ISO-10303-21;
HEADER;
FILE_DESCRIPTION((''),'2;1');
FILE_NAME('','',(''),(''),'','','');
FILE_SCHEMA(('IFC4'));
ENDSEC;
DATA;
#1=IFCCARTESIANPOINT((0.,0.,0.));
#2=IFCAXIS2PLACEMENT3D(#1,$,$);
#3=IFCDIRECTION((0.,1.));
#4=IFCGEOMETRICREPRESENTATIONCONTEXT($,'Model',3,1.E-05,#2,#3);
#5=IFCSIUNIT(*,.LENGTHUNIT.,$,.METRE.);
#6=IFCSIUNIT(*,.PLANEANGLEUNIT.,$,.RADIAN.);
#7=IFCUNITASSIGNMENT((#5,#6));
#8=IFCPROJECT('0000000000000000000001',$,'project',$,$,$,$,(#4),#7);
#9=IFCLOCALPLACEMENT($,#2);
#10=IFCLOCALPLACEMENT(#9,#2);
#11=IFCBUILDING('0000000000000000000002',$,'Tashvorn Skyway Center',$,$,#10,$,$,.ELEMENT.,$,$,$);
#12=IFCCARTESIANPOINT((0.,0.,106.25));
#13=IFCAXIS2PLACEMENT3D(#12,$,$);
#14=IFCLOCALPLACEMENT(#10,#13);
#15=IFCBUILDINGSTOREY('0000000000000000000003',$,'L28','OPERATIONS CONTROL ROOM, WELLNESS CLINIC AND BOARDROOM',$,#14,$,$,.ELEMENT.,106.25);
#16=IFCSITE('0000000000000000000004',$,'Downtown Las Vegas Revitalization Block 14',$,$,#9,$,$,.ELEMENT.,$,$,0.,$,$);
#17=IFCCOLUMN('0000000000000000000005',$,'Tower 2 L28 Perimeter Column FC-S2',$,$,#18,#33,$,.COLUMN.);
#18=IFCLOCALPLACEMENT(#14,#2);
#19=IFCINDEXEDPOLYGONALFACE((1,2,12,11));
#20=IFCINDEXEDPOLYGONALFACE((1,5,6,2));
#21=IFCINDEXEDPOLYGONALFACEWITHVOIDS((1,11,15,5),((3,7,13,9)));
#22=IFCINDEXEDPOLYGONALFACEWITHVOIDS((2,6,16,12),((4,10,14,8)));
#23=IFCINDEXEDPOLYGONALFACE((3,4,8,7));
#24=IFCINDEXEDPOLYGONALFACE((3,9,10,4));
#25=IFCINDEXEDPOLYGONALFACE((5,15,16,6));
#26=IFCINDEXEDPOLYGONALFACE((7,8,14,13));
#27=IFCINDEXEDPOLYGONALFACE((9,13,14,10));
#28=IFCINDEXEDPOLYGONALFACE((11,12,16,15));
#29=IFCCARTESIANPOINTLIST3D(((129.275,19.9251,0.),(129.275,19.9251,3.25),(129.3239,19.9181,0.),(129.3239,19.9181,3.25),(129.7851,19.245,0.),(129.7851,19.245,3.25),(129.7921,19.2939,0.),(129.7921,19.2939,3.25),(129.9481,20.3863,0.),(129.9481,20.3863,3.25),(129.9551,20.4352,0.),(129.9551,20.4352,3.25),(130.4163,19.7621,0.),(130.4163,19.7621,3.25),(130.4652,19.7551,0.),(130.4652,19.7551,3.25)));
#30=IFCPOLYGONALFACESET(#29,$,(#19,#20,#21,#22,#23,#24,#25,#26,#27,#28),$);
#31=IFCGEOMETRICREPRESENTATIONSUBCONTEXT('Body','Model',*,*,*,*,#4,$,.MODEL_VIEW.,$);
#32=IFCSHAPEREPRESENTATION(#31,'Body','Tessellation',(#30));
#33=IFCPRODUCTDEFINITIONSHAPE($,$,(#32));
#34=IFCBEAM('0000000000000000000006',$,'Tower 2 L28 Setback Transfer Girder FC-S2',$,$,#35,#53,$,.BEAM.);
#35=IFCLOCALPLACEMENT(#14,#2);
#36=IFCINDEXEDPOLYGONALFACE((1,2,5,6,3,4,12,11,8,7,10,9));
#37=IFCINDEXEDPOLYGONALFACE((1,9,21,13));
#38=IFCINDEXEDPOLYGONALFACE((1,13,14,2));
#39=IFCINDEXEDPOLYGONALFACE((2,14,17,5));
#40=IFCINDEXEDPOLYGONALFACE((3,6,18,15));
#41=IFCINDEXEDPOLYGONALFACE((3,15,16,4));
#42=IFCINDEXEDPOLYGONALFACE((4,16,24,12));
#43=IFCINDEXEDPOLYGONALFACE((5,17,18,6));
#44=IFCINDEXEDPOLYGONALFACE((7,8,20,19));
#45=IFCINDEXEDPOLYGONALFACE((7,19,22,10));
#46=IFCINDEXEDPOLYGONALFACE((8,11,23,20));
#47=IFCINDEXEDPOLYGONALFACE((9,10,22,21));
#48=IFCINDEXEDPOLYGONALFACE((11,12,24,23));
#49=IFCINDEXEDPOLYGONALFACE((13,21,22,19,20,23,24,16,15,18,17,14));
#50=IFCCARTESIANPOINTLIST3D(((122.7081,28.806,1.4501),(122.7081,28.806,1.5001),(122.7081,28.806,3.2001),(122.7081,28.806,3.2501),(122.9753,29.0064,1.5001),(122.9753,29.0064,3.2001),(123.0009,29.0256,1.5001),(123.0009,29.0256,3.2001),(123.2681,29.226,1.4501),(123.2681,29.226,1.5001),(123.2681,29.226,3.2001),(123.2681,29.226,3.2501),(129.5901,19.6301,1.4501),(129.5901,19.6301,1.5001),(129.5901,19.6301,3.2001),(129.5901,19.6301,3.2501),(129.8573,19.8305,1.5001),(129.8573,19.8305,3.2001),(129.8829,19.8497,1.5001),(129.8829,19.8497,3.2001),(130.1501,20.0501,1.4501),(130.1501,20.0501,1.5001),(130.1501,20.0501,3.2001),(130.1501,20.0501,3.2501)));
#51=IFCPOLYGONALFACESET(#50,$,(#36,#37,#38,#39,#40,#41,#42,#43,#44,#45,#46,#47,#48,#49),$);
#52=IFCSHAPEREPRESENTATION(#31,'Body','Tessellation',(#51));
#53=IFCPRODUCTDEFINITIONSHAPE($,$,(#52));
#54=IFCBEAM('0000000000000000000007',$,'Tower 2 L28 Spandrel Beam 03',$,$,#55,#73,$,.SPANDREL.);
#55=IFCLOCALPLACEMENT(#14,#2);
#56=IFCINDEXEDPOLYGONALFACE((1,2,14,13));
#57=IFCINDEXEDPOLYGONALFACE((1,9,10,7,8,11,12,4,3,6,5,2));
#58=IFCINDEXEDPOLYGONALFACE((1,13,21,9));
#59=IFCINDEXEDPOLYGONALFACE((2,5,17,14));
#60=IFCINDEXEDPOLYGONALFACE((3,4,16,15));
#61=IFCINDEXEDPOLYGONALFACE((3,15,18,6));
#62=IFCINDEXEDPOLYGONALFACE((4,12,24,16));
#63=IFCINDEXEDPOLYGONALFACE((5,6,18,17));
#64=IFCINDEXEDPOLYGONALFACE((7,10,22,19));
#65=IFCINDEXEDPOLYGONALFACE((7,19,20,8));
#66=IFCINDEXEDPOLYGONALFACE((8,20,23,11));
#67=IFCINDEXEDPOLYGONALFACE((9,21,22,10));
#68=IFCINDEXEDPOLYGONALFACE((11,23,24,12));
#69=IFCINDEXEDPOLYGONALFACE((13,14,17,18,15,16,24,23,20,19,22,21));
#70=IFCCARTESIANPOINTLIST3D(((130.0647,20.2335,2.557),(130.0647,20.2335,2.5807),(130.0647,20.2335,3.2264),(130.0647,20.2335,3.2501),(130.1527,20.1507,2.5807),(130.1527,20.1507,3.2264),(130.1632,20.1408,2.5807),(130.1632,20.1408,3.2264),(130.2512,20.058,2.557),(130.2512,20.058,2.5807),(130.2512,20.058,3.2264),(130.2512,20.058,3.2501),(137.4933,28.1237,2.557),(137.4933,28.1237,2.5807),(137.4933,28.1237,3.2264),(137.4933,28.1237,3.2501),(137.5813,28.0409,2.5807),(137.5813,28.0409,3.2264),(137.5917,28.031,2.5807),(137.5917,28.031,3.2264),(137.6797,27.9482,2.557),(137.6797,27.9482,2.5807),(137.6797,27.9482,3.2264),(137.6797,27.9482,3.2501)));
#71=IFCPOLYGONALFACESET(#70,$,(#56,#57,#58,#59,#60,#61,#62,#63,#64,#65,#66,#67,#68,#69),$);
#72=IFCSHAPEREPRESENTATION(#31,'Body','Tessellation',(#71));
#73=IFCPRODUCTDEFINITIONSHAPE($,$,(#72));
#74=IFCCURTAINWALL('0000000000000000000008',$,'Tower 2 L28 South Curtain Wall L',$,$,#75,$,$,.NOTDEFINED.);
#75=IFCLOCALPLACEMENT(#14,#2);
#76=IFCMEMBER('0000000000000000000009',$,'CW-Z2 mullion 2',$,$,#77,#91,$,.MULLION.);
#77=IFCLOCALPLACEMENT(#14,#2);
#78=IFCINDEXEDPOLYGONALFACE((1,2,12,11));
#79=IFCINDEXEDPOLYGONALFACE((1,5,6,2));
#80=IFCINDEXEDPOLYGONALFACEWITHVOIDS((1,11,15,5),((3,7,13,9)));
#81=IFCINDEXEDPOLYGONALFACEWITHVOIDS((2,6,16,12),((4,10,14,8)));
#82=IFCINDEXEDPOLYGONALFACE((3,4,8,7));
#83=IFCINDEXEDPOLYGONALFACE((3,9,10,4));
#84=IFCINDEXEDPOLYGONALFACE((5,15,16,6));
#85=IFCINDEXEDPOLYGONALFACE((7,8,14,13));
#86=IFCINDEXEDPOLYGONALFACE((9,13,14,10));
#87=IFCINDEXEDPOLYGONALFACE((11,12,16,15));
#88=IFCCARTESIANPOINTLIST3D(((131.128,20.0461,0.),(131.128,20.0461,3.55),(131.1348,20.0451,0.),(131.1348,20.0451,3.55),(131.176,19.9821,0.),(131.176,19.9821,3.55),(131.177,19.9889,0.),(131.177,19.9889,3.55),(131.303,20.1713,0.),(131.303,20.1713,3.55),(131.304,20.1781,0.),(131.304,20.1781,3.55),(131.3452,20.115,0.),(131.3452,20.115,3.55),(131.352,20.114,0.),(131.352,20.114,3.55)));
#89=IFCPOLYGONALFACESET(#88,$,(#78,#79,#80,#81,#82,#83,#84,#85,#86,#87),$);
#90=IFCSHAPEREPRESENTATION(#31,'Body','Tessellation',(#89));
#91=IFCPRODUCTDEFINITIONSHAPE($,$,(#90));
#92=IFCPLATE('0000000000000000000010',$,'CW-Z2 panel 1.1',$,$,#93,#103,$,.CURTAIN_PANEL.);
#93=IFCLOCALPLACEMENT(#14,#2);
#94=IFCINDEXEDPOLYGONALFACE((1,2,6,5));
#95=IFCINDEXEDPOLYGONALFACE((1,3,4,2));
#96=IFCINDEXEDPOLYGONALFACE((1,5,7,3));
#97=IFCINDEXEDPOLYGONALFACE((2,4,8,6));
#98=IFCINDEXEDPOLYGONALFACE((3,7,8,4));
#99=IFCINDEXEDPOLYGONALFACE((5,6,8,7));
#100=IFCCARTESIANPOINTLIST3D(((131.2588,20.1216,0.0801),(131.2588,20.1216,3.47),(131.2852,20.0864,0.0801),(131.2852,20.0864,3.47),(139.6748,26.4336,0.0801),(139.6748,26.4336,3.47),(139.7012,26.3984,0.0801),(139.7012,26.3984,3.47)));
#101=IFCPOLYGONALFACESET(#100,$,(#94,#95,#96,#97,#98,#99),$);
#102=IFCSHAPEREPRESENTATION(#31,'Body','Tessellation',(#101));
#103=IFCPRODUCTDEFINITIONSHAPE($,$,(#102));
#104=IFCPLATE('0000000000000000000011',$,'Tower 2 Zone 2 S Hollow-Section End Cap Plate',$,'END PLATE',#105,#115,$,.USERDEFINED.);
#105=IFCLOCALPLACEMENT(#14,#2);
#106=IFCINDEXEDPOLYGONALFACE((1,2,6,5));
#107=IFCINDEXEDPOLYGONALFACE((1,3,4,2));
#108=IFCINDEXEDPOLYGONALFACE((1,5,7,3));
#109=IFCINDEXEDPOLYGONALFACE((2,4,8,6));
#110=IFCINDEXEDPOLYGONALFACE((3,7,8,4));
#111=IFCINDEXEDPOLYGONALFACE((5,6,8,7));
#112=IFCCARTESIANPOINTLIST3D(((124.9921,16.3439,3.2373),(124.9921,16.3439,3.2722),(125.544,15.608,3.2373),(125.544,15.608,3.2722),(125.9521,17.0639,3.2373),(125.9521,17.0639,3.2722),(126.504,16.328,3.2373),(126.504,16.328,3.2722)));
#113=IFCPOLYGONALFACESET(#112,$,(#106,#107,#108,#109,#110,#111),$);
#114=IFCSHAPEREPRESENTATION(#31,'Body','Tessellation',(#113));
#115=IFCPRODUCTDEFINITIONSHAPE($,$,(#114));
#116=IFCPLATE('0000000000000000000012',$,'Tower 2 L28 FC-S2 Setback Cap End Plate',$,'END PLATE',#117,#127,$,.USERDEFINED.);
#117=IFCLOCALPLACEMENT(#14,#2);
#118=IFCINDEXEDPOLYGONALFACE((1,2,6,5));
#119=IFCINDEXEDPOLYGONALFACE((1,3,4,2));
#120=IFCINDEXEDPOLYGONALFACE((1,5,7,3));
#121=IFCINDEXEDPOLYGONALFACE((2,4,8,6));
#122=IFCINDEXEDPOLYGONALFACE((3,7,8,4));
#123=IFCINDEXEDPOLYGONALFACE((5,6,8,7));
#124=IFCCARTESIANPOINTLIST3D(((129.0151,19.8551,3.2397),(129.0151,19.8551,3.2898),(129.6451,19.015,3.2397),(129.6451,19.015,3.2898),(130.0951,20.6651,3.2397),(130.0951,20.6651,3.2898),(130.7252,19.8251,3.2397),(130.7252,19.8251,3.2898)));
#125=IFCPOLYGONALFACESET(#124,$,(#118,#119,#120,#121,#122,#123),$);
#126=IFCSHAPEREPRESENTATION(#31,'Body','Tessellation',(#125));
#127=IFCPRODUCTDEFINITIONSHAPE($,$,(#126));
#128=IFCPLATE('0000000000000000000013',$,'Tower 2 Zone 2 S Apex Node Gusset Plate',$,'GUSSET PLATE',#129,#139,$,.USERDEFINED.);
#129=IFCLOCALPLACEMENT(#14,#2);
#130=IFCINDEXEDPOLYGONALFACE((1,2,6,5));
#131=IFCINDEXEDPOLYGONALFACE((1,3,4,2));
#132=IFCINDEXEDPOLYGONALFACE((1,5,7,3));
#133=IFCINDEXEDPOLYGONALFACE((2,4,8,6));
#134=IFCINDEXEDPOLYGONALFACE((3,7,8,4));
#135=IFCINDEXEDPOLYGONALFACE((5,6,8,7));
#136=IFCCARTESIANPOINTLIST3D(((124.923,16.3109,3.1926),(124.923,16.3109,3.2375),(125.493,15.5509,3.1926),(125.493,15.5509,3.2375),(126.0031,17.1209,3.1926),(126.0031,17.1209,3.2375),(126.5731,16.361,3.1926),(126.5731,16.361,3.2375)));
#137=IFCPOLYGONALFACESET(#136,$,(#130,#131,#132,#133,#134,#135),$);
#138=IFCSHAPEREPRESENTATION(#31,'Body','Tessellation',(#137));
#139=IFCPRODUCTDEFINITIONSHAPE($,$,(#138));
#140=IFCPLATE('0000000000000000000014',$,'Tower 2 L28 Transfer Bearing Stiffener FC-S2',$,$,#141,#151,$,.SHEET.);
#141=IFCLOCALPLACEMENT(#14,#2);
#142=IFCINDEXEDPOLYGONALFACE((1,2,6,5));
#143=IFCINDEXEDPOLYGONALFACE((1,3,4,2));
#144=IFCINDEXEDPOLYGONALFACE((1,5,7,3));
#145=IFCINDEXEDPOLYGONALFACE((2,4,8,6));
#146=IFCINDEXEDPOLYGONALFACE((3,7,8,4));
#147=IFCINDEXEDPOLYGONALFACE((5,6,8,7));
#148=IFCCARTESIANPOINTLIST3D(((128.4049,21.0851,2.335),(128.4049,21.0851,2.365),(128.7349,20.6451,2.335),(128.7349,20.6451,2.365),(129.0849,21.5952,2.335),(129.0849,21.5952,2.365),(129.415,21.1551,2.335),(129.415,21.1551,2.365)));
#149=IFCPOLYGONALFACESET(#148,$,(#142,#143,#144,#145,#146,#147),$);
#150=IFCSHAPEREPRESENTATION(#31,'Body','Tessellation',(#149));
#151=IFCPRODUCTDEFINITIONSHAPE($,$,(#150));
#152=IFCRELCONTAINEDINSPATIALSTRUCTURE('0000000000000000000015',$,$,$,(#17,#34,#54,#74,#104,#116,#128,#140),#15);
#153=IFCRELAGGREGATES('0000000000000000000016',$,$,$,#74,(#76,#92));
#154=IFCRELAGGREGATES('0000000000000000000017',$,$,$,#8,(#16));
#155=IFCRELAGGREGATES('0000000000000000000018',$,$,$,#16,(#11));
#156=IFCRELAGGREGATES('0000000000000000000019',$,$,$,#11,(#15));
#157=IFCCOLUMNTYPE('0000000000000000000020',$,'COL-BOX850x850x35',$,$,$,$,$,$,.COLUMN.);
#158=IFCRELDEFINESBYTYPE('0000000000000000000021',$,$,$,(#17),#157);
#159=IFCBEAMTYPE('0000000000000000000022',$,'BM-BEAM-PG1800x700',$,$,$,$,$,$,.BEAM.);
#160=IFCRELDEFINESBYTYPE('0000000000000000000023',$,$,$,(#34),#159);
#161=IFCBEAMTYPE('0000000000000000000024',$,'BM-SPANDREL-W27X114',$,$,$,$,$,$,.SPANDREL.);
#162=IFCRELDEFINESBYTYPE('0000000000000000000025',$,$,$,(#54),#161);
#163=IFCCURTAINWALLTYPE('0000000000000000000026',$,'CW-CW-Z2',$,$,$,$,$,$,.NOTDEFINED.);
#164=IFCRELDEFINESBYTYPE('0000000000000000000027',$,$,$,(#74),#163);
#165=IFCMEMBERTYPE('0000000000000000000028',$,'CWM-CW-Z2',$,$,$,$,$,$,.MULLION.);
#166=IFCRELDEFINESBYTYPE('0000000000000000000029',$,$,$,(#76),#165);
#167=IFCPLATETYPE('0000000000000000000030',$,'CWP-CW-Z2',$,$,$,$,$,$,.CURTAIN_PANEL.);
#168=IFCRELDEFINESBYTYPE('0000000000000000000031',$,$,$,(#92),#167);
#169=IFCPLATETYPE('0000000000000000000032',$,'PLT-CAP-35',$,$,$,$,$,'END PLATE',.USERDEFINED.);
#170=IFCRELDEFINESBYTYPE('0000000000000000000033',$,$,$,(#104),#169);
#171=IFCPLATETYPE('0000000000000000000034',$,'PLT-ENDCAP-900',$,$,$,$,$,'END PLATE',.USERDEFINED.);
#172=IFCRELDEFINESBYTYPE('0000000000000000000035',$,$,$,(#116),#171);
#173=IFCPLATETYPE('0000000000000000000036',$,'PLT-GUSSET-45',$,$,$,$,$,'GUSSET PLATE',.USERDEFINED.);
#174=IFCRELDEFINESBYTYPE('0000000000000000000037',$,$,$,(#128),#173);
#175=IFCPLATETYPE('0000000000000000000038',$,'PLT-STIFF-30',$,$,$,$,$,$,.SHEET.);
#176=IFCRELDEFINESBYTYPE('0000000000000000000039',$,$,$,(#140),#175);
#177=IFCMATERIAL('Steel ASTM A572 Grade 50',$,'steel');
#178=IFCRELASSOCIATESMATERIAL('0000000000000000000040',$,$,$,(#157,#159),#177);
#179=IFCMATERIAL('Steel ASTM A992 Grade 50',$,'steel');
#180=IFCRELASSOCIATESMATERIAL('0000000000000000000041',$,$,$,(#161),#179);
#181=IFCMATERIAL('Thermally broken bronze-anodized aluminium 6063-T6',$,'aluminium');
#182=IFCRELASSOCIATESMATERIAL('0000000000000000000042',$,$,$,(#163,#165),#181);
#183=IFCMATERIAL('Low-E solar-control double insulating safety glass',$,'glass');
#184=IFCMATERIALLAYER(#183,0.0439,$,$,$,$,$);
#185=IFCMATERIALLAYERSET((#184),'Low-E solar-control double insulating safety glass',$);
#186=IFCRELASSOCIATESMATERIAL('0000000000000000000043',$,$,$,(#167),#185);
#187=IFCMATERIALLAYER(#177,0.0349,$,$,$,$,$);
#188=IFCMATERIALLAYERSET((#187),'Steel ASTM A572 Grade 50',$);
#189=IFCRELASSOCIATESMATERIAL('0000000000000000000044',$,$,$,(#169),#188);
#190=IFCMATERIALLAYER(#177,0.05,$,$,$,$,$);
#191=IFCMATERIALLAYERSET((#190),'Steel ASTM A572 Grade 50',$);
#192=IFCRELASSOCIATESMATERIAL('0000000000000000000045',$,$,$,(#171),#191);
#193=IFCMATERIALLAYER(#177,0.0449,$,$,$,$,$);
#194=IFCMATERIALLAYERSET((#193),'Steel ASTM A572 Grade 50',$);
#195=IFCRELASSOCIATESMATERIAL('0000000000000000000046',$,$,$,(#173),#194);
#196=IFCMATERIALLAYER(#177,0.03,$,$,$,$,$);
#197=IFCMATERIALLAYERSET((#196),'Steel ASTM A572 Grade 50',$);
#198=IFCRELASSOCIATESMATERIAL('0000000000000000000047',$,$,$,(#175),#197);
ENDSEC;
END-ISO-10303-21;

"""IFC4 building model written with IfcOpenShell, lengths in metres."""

from ifc_helpers import new_model, si_unit, direction, frame, origin, origin_2d, place, context, subcontext, project, spatial, rectangle, hollow_rectangle, i_section, extrude, material, layer, layer_set, material_profile, profile_set, type_object, element, aggregate, save


model = new_model("IFC4")

# Units and contexts
model_context = context("Model", 3, precision=1e-05, world=origin(), true_north=direction((0.0, 1.0)))
body_context = subcontext(model_context, "Body", "Model", "MODEL_VIEW")
ifc_project = project(units=[si_unit("LENGTHUNIT", "METRE"), si_unit("PLANEANGLEUNIT", "RADIAN")], contexts=[model_context])

# Site, building, storey
site_placement = place(None, origin())
site = spatial("IfcSite", under=ifc_project, at=site_placement, Name="Downtown Las Vegas Revitalization Block 14", CompositionType="ELEMENT", RefElevation=0.0)
building_placement = place(site_placement, origin())
building = spatial("IfcBuilding", under=site, at=building_placement, Name="Tashvorn Skyway Center", CompositionType="ELEMENT")
storey_placement = place(building_placement, frame((0.0, 0.0, 106.25)))
storey = spatial("IfcBuildingStorey", under=building, at=storey_placement, Name="L28", Description="OPERATIONS CONTROL ROOM, WELLNESS CLINIC AND BOARDROOM", CompositionType="ELEMENT", Elevation=106.25)

# Column
ifc_material_1 = material(Name="Steel ASTM A572 Grade 50", Category="steel")
ifc_material_profile_1 = material_profile(ifc_material_1, hollow_rectangle(XDim=0.8501, YDim=0.8501, WallThickness=0.0349, at=origin_2d()), Name="BOX850x850x35")
ifc_profile_set_1 = profile_set([ifc_material_profile_1], Name="Steel ASTM A572 Grade 50")
column_type = type_object("IfcColumnType", Name="COL-BOX850x850x35", PredefinedType="COLUMN", material=ifc_profile_set_1)
column_placement = place(storey_placement, frame((129.8701, 19.8401, 0.0), z_axis=(0.0, 0.0, 1.0), x_axis=(0.8, 0.6, 0.0)))
element("IfcColumn", 1, at=column_placement, inside=storey, type_object=column_type, Name="Tower 2 L28 Perimeter Column FC-S2", PredefinedType="COLUMN", context=body_context, shape_type="SweptSolid", body=[
    extrude(hollow_rectangle(XDim=0.8501, YDim=0.8501, WallThickness=0.0349, at=origin_2d()), origin(), (0.0, 0.0, 1.0), 3.25),
])

# Beams
ifc_material_profile_2 = material_profile(ifc_material_1, i_section(OverallWidth=0.7, OverallDepth=1.8, WebThickness=0.032, FlangeThickness=0.05, at=origin_2d()), Name="PG1800x700")
ifc_profile_set_2 = profile_set([ifc_material_profile_2], Name="Steel ASTM A572 Grade 50")
beam_type_1 = type_object("IfcBeamType", Name="BM-BEAM-PG1800x700", PredefinedType="BEAM", material=ifc_profile_set_2)
beam_1_placement = place(storey_placement, frame((129.8701, 19.8401, 2.3501), z_axis=(-0.600003, 0.799997, 0.0), x_axis=(-0.799997, -0.600003, 0.0)))
element("IfcBeam", 2, at=beam_1_placement, inside=storey, type_object=beam_type_1, Name="Tower 2 L28 Setback Transfer Girder FC-S2", PredefinedType="BEAM", context=body_context, shape_type="SweptSolid", body=[
    extrude(i_section(OverallWidth=0.7, OverallDepth=1.8, WebThickness=0.032, FlangeThickness=0.05, at=origin_2d()), origin(), (0.0, 0.0, 1.0), 11.47),
])
ifc_material_2 = material(Name="Steel ASTM A992 Grade 50", Category="steel")
ifc_material_profile_3 = material_profile(ifc_material_2, i_section(OverallWidth=0.2561, OverallDepth=0.6931, WebThickness=0.0144, FlangeThickness=0.0237, at=origin_2d()), Name="W27X114")
ifc_profile_set_3 = profile_set([ifc_material_profile_3], Name="Steel ASTM A992 Grade 50")
beam_type_2 = type_object("IfcBeamType", Name="BM-SPANDREL-W27X114", PredefinedType="SPANDREL", material=ifc_profile_set_3)
beam_2_placement = place(storey_placement, frame((130.158, 20.1458, 2.9036), z_axis=(0.685485, 0.728087, 0.0), x_axis=(-0.728087, 0.685485, 0.0)))
element("IfcBeam", 3, at=beam_2_placement, inside=storey, type_object=beam_type_2, Name="Tower 2 L28 Spandrel Beam 03", PredefinedType="SPANDREL", context=body_context, shape_type="SweptSolid", body=[
    extrude(i_section(OverallWidth=0.2561, OverallDepth=0.6931, WebThickness=0.0144, FlangeThickness=0.0237, at=origin_2d()), origin(), (0.0, 0.0, 1.0), 10.8369),
])

# Curtain wall, member, plate
ifc_material_3 = material(Name="Thermally broken bronze-anodized aluminium 6063-T6", Category="aluminium")
curtain_wall_type = type_object("IfcCurtainWallType", Name="CW-CW-Z2", PredefinedType="NOTDEFINED", material=ifc_material_3)
curtain_wall_placement = place(storey_placement, origin())
curtain_wall = element("IfcCurtainWall", 4, at=curtain_wall_placement, inside=storey, type_object=curtain_wall_type, Name="Tower 2 L28 South Curtain Wall L", PredefinedType="NOTDEFINED")
ifc_material_profile_4 = material_profile(ifc_material_3, hollow_rectangle(XDim=0.0801, YDim=0.22, WallThickness=0.0049, at=origin_2d()), Name="ALU-MULL-80x220")
ifc_profile_set_4 = profile_set([ifc_material_profile_4], Name="Thermally broken bronze-anodized aluminium 6063-T6")
member_type = type_object("IfcMemberType", Name="CWM-CW-Z2", PredefinedType="MULLION", material=ifc_profile_set_4)
member_placement = place(storey_placement, frame((131.24, 20.0801, 0.0), z_axis=(0.0, 0.0, 1.0), x_axis=(0.6, -0.8, 0.0)))
member = element("IfcMember", 5, at=member_placement, type_object=member_type, Name="CW-Z2 mullion 2", PredefinedType="MULLION", context=body_context, shape_type="SweptSolid", body=[
    extrude(hollow_rectangle(XDim=0.0801, YDim=0.22, WallThickness=0.0049, at=origin_2d()), origin(), (0.0, 0.0, 1.0), 3.55),
])
ifc_material_4 = material(Name="Low-E solar-control double insulating safety glass", Category="glass")
ifc_layer_1 = layer(ifc_material_4, 0.0439)
ifc_layer_set_1 = layer_set([ifc_layer_1], Name="Low-E solar-control double insulating safety glass")
plate_type_1 = type_object("IfcPlateType", Name="CWP-CW-Z2", PredefinedType="CURTAIN_PANEL", material=ifc_layer_set_1)
plate_1_placement = place(storey_placement, frame((135.48, 23.26, 0.0801), z_axis=(0.0, 0.0, 1.0), x_axis=(-0.8, -0.6, 0.0)))
plate_1 = element("IfcPlate", 6, at=plate_1_placement, type_object=plate_type_1, Name="CW-Z2 panel 1.1", PredefinedType="CURTAIN_PANEL", context=body_context, shape_type="SweptSolid", body=[
    extrude(rectangle(XDim=10.52, YDim=0.0439, at=origin_2d()), origin(), (0.0, 0.0, 1.0), 3.3899),
])
aggregate(curtain_wall, [member, plate_1])

# Plates
ifc_layer_2 = layer(ifc_material_1, 0.0349)
ifc_layer_set_2 = layer_set([ifc_layer_2], Name="Steel ASTM A572 Grade 50")
plate_type_2 = type_object("IfcPlateType", Name="PLT-CAP-35", ElementType="END PLATE", PredefinedType="USERDEFINED", material=ifc_layer_set_2)
plate_2_placement = place(storey_placement, frame((125.748, 16.3359, 3.2373), z_axis=(0.0, 0.0, 1.0), x_axis=(0.8, 0.6, 0.0)))
element("IfcPlate", 7, at=plate_2_placement, inside=storey, type_object=plate_type_2, Name="Tower 2 Zone 2 S Hollow-Section End Cap Plate", ObjectType="END PLATE", PredefinedType="USERDEFINED", context=body_context, shape_type="SweptSolid", body=[
    extrude(rectangle(XDim=1.2, YDim=0.9199, at=origin_2d()), origin(), (0.0, 0.0, 1.0), 0.0349),
])
ifc_layer_3 = layer(ifc_material_1, 0.05)
ifc_layer_set_3 = layer_set([ifc_layer_3], Name="Steel ASTM A572 Grade 50")
plate_type_3 = type_object("IfcPlateType", Name="PLT-ENDCAP-900", ElementType="END PLATE", PredefinedType="USERDEFINED", material=ifc_layer_set_3)
plate_3_placement = place(storey_placement, frame((129.8701, 19.8401, 3.2397), z_axis=(0.0, 0.0, 1.0), x_axis=(0.8, 0.6, 0.0)))
element("IfcPlate", 8, at=plate_3_placement, inside=storey, type_object=plate_type_3, Name="Tower 2 L28 FC-S2 Setback Cap End Plate", ObjectType="END PLATE", PredefinedType="USERDEFINED", context=body_context, shape_type="SweptSolid", body=[
    extrude(rectangle(XDim=1.3501, YDim=1.05, at=origin_2d()), origin(), (0.0, 0.0, 1.0), 0.05),
])
ifc_layer_4 = layer(ifc_material_1, 0.0449)
ifc_layer_set_4 = layer_set([ifc_layer_4], Name="Steel ASTM A572 Grade 50")
plate_type_4 = type_object("IfcPlateType", Name="PLT-GUSSET-45", ElementType="GUSSET PLATE", PredefinedType="USERDEFINED", material=ifc_layer_set_4)
plate_4_placement = place(storey_placement, frame((125.748, 16.3359, 3.1926), z_axis=(0.0, 0.0, 1.0), x_axis=(0.8, 0.6, 0.0)))
element("IfcPlate", 9, at=plate_4_placement, inside=storey, type_object=plate_type_4, Name="Tower 2 Zone 2 S Apex Node Gusset Plate", ObjectType="GUSSET PLATE", PredefinedType="USERDEFINED", context=body_context, shape_type="SweptSolid", body=[
    extrude(rectangle(XDim=1.3501, YDim=0.95, at=origin_2d()), origin(), (0.0, 0.0, 1.0), 0.0449),
])
ifc_layer_5 = layer(ifc_material_1, 0.03)
ifc_layer_set_5 = layer_set([ifc_layer_5], Name="Steel ASTM A572 Grade 50")
plate_type_5 = type_object("IfcPlateType", Name="PLT-STIFF-30", PredefinedType="SHEET", material=ifc_layer_set_5)
plate_5_placement = place(storey_placement, frame((128.9099, 21.1201, 2.335), z_axis=(0.0, 0.0, 1.0), x_axis=(0.8, 0.6, 0.0)))
element("IfcPlate", 10, at=plate_5_placement, inside=storey, type_object=plate_type_5, Name="Tower 2 L28 Transfer Bearing Stiffener FC-S2", PredefinedType="SHEET", context=body_context, shape_type="SweptSolid", body=[
    extrude(rectangle(XDim=0.8501, YDim=0.55, at=origin_2d()), origin(), (0.0, 0.0, 1.0), 0.03),
])

save(model, "model.ifc")
